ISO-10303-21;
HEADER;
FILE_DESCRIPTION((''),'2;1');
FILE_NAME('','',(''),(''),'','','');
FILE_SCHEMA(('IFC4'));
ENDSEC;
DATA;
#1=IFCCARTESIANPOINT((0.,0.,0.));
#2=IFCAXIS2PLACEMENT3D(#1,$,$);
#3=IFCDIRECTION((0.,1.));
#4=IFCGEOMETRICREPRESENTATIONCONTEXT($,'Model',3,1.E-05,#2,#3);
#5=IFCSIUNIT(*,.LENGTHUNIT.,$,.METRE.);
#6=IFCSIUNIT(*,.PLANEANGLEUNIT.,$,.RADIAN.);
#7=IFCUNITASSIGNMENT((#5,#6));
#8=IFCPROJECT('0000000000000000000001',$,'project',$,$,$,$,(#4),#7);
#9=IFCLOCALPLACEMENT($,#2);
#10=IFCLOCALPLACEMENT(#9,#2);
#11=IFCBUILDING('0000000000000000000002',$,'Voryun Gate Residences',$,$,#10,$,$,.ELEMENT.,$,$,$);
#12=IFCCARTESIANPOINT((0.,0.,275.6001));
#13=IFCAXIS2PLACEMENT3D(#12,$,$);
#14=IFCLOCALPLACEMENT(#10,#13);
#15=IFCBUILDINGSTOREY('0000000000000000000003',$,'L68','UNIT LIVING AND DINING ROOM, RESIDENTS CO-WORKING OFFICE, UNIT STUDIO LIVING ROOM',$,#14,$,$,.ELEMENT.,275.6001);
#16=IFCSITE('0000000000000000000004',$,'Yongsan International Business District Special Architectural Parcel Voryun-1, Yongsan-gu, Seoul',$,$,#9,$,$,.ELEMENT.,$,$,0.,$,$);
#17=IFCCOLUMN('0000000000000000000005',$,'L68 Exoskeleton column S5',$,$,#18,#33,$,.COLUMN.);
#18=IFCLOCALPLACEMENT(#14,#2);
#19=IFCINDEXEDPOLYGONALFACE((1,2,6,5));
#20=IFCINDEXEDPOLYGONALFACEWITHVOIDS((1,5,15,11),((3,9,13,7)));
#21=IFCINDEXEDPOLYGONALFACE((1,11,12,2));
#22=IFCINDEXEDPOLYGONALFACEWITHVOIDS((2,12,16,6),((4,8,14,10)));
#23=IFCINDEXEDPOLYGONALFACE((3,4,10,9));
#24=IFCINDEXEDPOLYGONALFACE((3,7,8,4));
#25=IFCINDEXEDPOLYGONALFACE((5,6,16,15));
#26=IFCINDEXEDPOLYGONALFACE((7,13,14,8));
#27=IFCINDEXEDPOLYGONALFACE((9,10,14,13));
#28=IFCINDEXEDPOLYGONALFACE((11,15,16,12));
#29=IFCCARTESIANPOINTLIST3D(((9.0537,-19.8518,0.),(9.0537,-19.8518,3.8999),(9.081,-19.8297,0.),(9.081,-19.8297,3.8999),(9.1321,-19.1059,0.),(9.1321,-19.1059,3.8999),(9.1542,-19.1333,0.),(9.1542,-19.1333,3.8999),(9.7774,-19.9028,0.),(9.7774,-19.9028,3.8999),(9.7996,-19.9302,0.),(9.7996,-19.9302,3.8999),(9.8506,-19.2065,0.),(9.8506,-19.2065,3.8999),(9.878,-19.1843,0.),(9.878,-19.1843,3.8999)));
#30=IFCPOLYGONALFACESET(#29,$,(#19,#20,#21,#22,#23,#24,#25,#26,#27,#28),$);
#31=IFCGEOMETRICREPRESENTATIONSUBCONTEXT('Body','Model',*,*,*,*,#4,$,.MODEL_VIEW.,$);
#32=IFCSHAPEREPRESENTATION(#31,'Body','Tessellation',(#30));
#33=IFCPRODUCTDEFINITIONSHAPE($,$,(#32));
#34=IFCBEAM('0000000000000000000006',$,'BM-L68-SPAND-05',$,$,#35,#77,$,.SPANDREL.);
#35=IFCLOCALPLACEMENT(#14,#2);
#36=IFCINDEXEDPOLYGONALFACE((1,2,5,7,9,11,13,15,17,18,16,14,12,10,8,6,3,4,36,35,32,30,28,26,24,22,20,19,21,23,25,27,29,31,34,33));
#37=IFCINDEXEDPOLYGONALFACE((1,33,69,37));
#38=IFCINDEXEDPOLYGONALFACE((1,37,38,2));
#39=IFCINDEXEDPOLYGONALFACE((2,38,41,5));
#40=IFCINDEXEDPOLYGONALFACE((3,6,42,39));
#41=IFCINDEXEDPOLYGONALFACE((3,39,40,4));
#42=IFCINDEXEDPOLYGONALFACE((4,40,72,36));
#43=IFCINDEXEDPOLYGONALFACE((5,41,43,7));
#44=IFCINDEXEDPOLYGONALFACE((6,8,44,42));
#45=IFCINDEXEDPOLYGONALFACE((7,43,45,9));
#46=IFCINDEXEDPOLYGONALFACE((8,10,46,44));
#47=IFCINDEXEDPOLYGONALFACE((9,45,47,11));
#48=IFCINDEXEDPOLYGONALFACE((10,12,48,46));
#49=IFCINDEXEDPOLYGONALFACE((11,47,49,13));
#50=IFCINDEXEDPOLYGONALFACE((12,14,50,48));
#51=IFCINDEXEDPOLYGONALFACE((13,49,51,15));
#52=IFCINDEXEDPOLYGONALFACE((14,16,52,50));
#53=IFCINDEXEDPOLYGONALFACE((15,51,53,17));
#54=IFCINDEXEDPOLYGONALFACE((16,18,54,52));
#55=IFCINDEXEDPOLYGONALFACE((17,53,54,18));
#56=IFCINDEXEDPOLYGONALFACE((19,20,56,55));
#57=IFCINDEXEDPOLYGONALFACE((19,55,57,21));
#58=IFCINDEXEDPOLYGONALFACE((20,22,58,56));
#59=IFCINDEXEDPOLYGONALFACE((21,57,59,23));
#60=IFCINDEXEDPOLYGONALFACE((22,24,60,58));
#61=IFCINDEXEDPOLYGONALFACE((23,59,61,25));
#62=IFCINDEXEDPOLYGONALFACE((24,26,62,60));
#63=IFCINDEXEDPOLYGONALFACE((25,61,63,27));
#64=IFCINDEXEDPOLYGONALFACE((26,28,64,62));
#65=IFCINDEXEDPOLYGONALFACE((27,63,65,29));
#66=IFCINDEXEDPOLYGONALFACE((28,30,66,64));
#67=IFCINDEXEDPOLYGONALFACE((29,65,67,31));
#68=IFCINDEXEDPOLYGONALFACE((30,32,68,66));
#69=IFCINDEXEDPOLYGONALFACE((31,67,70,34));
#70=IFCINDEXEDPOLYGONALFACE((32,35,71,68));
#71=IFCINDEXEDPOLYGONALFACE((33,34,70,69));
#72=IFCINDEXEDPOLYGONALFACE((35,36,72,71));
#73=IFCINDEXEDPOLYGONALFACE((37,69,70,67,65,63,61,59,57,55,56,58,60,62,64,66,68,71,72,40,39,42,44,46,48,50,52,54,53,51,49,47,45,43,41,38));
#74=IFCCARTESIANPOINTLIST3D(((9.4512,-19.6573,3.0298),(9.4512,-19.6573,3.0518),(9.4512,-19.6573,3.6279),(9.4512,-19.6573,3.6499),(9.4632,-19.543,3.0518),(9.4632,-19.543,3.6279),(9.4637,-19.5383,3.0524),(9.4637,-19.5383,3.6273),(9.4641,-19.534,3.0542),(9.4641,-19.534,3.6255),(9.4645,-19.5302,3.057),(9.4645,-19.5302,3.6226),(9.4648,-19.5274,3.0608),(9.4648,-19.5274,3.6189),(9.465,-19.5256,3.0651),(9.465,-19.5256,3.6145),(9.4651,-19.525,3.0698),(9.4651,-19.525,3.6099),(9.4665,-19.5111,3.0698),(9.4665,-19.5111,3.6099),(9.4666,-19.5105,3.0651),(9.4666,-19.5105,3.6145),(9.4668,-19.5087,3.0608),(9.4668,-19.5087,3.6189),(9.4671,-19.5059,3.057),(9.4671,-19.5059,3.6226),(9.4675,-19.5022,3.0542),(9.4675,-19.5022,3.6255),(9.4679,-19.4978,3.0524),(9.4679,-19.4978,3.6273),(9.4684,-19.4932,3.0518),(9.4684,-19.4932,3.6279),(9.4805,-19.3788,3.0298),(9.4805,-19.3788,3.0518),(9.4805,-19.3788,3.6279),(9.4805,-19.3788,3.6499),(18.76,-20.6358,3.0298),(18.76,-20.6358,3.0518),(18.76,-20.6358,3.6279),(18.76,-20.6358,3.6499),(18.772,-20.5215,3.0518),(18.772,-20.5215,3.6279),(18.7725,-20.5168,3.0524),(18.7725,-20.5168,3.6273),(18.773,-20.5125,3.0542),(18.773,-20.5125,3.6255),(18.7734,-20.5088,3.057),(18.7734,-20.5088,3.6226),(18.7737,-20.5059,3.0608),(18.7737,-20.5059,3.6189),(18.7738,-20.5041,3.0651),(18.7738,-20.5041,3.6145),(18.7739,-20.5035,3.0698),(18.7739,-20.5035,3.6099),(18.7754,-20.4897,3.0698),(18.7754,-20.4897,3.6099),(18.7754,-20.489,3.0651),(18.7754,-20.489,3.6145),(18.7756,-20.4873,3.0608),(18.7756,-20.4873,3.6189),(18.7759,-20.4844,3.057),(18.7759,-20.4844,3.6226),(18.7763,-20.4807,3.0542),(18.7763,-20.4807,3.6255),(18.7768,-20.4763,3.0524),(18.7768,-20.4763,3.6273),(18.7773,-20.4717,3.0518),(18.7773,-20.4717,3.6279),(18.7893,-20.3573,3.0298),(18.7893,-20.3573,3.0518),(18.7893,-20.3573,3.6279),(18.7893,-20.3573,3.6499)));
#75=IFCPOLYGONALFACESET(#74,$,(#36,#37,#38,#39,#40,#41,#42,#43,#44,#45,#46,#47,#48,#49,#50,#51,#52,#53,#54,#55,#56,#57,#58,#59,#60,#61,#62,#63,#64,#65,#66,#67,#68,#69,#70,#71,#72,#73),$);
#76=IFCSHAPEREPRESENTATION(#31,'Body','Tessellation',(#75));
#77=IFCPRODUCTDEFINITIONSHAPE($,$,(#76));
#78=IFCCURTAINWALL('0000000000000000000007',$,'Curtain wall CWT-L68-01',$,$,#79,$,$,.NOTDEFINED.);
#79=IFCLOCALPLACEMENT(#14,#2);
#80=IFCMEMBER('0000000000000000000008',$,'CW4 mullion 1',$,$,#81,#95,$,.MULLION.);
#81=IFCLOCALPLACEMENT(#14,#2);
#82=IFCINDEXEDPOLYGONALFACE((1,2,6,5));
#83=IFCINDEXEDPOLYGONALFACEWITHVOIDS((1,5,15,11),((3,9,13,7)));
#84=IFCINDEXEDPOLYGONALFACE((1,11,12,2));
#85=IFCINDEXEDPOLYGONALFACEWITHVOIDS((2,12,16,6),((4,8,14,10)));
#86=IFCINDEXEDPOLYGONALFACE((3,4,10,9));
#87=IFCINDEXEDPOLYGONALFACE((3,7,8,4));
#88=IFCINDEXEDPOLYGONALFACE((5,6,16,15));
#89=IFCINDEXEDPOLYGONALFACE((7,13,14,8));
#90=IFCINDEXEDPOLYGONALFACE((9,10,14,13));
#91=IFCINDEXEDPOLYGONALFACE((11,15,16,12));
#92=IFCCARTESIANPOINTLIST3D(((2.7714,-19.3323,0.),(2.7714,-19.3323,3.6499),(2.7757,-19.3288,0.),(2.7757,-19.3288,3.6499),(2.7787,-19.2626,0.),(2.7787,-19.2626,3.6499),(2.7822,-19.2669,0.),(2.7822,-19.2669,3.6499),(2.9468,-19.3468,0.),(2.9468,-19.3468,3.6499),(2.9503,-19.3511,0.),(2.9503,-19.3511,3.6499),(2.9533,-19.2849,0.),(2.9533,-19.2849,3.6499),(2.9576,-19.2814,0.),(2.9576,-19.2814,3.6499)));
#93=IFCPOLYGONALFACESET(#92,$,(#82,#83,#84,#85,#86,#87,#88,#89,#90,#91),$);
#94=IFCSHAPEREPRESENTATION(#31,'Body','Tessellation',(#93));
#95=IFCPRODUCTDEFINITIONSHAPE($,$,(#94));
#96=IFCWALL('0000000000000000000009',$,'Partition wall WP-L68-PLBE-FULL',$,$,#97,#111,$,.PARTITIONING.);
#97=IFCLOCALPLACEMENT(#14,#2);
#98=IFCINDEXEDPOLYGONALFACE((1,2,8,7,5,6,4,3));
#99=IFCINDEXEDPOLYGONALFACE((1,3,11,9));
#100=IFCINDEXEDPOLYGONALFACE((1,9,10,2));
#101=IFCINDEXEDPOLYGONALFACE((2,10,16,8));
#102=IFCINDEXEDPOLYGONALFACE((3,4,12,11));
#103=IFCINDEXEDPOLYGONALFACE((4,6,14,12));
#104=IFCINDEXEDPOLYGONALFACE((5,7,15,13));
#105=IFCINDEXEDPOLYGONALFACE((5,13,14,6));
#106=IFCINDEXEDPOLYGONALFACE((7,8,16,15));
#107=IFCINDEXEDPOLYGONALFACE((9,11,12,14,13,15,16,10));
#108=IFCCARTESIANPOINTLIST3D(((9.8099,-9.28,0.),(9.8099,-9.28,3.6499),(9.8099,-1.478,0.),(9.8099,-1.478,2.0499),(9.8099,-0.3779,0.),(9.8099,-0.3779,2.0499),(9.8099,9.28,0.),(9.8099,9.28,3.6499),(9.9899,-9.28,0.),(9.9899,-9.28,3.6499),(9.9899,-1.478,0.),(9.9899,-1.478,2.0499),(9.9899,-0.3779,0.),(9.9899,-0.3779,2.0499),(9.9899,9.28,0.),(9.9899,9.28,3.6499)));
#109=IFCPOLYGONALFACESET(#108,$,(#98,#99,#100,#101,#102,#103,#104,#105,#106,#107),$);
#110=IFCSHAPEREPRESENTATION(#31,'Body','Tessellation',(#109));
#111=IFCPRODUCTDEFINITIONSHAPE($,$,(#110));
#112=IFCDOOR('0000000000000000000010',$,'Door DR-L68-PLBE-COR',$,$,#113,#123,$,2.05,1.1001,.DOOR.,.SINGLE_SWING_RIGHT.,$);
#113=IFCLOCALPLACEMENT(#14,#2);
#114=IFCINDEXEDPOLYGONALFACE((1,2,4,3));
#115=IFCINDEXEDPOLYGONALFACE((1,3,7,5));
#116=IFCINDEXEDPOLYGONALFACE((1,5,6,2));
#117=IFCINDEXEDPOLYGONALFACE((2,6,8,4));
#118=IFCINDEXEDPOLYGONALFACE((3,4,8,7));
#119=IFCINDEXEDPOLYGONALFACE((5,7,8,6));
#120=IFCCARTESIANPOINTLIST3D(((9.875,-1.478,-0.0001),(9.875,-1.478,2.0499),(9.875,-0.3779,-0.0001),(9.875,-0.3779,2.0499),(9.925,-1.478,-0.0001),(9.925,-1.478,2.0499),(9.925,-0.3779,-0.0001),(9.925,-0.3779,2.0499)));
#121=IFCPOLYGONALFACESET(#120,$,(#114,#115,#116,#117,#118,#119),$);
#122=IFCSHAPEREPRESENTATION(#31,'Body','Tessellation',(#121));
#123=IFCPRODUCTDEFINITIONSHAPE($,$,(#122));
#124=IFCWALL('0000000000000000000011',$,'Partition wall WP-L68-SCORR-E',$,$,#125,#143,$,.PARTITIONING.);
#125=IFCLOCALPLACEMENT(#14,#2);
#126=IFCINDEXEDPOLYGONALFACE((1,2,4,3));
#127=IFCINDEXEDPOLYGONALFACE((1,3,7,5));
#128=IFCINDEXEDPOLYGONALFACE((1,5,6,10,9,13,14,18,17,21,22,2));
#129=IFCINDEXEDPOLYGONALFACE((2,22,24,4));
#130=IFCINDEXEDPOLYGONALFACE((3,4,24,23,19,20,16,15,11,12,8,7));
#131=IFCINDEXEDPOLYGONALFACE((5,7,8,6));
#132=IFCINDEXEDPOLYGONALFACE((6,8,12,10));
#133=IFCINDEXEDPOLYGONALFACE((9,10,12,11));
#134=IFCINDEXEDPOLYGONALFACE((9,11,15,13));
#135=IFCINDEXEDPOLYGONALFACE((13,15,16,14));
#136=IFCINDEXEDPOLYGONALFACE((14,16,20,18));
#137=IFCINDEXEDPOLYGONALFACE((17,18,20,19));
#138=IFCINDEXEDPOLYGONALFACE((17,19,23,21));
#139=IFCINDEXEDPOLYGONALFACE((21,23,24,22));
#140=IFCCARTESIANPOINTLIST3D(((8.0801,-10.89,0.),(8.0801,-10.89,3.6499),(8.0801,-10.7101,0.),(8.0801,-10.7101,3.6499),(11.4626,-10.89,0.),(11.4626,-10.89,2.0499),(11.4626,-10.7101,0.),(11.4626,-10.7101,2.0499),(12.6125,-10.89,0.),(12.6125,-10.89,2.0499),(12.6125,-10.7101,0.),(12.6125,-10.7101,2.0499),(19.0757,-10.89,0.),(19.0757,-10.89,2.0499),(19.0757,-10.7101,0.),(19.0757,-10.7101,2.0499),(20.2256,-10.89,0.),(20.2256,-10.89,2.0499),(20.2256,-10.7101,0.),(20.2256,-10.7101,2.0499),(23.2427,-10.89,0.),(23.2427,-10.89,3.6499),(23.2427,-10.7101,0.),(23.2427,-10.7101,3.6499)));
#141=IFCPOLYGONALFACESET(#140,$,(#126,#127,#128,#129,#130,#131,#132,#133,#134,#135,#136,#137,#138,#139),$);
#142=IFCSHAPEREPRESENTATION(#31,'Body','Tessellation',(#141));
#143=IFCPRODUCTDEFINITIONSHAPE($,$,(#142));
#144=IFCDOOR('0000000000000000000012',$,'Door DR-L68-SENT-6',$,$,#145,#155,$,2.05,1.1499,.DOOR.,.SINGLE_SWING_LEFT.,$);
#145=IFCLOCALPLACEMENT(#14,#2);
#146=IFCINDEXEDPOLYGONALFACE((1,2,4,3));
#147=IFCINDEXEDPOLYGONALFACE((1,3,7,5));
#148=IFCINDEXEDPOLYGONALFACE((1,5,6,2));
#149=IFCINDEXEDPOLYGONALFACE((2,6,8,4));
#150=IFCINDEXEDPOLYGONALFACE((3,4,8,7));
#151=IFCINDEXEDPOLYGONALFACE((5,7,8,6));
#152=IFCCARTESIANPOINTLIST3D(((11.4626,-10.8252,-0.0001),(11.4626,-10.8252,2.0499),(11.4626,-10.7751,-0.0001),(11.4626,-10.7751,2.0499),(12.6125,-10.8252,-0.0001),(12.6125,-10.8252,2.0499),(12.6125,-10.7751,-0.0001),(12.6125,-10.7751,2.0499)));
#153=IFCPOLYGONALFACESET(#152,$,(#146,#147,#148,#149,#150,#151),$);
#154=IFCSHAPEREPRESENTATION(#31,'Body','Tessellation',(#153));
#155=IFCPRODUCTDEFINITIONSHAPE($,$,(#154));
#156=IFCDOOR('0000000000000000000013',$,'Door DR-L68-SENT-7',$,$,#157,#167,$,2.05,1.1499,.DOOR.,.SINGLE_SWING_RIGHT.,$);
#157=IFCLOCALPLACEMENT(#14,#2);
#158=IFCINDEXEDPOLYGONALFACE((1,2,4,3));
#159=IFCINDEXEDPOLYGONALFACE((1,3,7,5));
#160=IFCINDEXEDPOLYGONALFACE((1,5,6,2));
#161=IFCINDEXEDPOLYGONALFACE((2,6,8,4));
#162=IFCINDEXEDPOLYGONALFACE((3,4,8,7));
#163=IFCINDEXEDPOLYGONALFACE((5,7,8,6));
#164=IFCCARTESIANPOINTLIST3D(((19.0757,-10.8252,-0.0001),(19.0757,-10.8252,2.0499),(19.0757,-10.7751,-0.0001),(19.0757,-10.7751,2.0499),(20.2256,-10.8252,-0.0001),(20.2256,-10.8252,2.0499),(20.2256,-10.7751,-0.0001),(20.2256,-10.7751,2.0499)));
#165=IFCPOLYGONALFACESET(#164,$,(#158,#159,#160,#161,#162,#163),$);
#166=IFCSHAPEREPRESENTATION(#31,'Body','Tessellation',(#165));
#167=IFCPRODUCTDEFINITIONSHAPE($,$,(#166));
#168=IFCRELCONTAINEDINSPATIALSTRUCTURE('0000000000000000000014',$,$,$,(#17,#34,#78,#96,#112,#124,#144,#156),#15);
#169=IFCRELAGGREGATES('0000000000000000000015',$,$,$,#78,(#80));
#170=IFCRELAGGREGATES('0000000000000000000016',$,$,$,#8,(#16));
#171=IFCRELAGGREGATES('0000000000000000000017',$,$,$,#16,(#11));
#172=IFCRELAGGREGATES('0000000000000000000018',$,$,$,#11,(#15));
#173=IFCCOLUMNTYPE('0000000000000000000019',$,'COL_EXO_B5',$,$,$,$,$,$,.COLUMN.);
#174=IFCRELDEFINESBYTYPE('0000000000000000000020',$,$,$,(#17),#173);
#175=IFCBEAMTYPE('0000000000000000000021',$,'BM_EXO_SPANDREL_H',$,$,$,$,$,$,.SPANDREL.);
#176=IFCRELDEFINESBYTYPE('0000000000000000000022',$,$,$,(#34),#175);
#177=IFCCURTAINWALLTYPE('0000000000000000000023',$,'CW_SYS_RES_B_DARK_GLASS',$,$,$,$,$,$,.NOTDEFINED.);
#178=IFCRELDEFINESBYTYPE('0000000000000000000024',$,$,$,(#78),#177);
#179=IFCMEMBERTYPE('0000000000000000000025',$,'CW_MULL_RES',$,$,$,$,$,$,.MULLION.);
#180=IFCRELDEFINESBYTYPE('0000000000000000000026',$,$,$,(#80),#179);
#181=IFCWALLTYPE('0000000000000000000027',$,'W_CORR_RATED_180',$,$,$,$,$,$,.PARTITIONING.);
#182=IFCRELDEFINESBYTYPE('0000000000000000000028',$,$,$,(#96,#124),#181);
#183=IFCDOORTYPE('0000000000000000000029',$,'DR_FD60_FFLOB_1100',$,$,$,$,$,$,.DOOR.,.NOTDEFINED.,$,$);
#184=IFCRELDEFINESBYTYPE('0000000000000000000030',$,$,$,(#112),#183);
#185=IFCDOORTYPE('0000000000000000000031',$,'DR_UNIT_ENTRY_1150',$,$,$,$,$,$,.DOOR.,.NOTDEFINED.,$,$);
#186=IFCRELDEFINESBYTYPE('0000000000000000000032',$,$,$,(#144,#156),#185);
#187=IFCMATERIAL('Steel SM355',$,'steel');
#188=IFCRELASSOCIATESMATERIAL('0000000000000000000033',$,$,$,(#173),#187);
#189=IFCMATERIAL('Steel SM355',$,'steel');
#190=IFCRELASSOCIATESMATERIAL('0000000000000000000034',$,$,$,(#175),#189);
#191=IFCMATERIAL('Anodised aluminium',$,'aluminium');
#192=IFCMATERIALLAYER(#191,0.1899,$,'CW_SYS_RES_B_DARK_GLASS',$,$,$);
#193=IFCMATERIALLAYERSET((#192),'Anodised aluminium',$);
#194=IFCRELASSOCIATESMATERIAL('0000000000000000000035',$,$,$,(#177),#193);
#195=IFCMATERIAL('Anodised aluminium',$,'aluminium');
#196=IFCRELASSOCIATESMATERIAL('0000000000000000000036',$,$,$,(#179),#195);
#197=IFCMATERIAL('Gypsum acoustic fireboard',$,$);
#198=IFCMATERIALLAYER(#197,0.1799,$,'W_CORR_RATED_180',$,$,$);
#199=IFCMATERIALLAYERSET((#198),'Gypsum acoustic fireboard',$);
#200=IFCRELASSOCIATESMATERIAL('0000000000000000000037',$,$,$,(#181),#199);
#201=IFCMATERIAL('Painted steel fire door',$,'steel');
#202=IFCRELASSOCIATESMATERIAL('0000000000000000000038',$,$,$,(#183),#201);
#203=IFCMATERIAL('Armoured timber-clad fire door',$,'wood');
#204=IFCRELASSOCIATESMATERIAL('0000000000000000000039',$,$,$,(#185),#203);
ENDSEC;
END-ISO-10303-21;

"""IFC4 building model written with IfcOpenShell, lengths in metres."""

from ifc_helpers import new_model, si_unit, direction, frame, frame_2d, origin, origin_2d, place, context, subcontext, project, spatial, rectangle, hollow_rectangle, i_section, extrude, material, layer, layer_set, material_profile, profile_set, type_object, element, fill, aggregate, save


model = new_model("IFC4")

# Units and contexts
model_context = context("Model", 3, precision=1e-05, world=origin(), true_north=direction((0.0, 1.0)))
body_context = subcontext(model_context, "Body", "Model", "MODEL_VIEW")
ifc_project = project(units=[si_unit("LENGTHUNIT", "METRE"), si_unit("PLANEANGLEUNIT", "RADIAN")], contexts=[model_context])

# Site, building, storey
site_placement = place(None, origin())
site = spatial("IfcSite", under=ifc_project, at=site_placement, Name="Yongsan International Business District Special Architectural Parcel Voryun-1, Yongsan-gu, Seoul", CompositionType="ELEMENT", RefElevation=0.0)
building_placement = place(site_placement, origin())
building = spatial("IfcBuilding", under=site, at=building_placement, Name="Voryun Gate Residences", CompositionType="ELEMENT")
storey_placement = place(building_placement, frame((0.0, 0.0, 275.6001)))
storey = spatial("IfcBuildingStorey", under=building, at=storey_placement, Name="L68", Description="UNIT LIVING AND DINING ROOM, RESIDENTS CO-WORKING OFFICE, UNIT STUDIO LIVING ROOM", CompositionType="ELEMENT", Elevation=275.6001)

# Column
ifc_material_1 = material(Name="Steel SM355", Category="steel")
ifc_material_profile_1 = material_profile(ifc_material_1, hollow_rectangle(XDim=0.75, YDim=0.75, WallThickness=0.0249, at=origin_2d()), Name="BOX-750x750x25")
ifc_profile_set_1 = profile_set([ifc_material_profile_1], Name="Steel SM355")
column_type = type_object("IfcColumnType", Name="COL_EXO_B5", PredefinedType="COLUMN", material=ifc_profile_set_1)
column_placement = place(storey_placement, frame((9.4658, -19.5181, 0.0), z_axis=(0.0, 0.0, 1.0), x_axis=(0.994522, -0.104528, 0.0)))
element("IfcColumn", 1, at=column_placement, inside=storey, type_object=column_type, Name="L68 Exoskeleton column S5", PredefinedType="COLUMN", context=body_context, shape_type="SweptSolid", body=[
    extrude(hollow_rectangle(XDim=0.75, YDim=0.75, WallThickness=0.0249, at=origin_2d()), origin(), (0.0, 0.0, 1.0), 3.8999),
])

# Beam
ifc_material_2 = material(Name="Steel SM355", Category="steel")
ifc_material_profile_2 = material_profile(ifc_material_2, i_section(OverallWidth=0.28, OverallDepth=0.6201, WebThickness=0.0139, FlangeThickness=0.022, FilletRadius=0.0181, at=origin_2d()), Name="H-620x280x14x22")
ifc_profile_set_2 = profile_set([ifc_material_profile_2], Name="Steel SM355")
beam_type = type_object("IfcBeamType", Name="BM_EXO_SPANDREL_H", PredefinedType="SPANDREL", material=ifc_profile_set_2)
beam_placement = place(storey_placement, frame((9.4658, -19.5181, 3.3398), z_axis=(0.994521, -0.104541, 0.0), x_axis=(0.104541, 0.994521, 0.0)))
element("IfcBeam", 2, at=beam_placement, inside=storey, type_object=beam_type, Name="BM-L68-SPAND-05", PredefinedType="SPANDREL", context=body_context, shape_type="SweptSolid", body=[
    extrude(i_section(OverallWidth=0.28, OverallDepth=0.6201, WebThickness=0.0139, FlangeThickness=0.022, FilletRadius=0.0181, at=origin_2d()), origin(), (0.0, 0.0, 1.0), 9.3601),
])

# Curtain wall, member
ifc_material_3 = material(Name="Anodised aluminium", Category="aluminium")
ifc_layer_1 = layer(ifc_material_3, 0.1899, Name="CW_SYS_RES_B_DARK_GLASS")
ifc_layer_set_1 = layer_set([ifc_layer_1], Name="Anodised aluminium")
curtain_wall_type = type_object("IfcCurtainWallType", Name="CW_SYS_RES_B_DARK_GLASS", PredefinedType="NOTDEFINED", material=ifc_layer_set_1)
curtain_wall_placement = place(storey_placement, origin())
curtain_wall = element("IfcCurtainWall", 3, at=curtain_wall_placement, inside=storey, type_object=curtain_wall_type, Name="Curtain wall CWT-L68-01", PredefinedType="NOTDEFINED")
ifc_material_4 = material(Name="Anodised aluminium", Category="aluminium")
ifc_material_profile_3 = material_profile(ifc_material_4, hollow_rectangle(XDim=0.0701, YDim=0.1799, WallThickness=0.0039, at=origin_2d()), Name="ALU-MULL-180x70x4")
ifc_profile_set_3 = profile_set([ifc_material_profile_3], Name="Anodised aluminium")
member_type = type_object("IfcMemberType", Name="CW_MULL_RES", PredefinedType="MULLION", material=ifc_profile_set_3)
member_placement = place(storey_placement, frame((2.8645, -19.3069, 0.0), z_axis=(0.0, 0.0, 1.0), x_axis=(-0.104529, -0.994522, 0.0)))
member = element("IfcMember", 4, at=member_placement, type_object=member_type, Name="CW4 mullion 1", PredefinedType="MULLION", context=body_context, shape_type="SweptSolid", body=[
    extrude(hollow_rectangle(XDim=0.0701, YDim=0.1799, WallThickness=0.0039, at=origin_2d()), origin(), (0.0, 0.0, 1.0), 3.6499),
])
aggregate(curtain_wall, [member])

# Wall, opening, door
ifc_material_5 = material(Name="Gypsum acoustic fireboard")
ifc_layer_2 = layer(ifc_material_5, 0.1799, Name="W_CORR_RATED_180")
ifc_layer_set_2 = layer_set([ifc_layer_2], Name="Gypsum acoustic fireboard")
wall_type_1 = type_object("IfcWallType", Name="W_CORR_RATED_180", PredefinedType="PARTITIONING", material=ifc_layer_set_2)
wall_1_placement = place(storey_placement, frame((9.8999, -9.28, 0.0), z_axis=(0.0, 0.0, 1.0), x_axis=(0.0, 1.0, 0.0)))
wall_1 = element("IfcWall", 5, at=wall_1_placement, inside=storey, type_object=wall_type_1, Name="Partition wall WP-L68-PLBE-FULL", PredefinedType="PARTITIONING", context=body_context, shape_type="SweptSolid", body=[
    extrude(rectangle(XDim=18.5601, YDim=0.1799, at=frame_2d((9.28, 0.0))), origin(), (0.0, 0.0, 1.0), 3.6499),
])
opening_1_placement = place(wall_1_placement, frame((7.802, 0.0, 0.0)))
opening_1 = element("IfcOpeningElement", 6, at=opening_1_placement, cuts=wall_1, PredefinedType="OPENING", context=body_context, shape_type="SweptSolid", body=[
    extrude(rectangle(XDim=1.1001, YDim=2.05, at=frame_2d((0.55, 1.0249))), frame((0.0, 0.0999, 0.0), z_axis=(0.0, -1.0, 0.0), x_axis=(1.0, 0.0, 0.0)), (0.0, 0.0, 1.0), 0.2),
])
ifc_material_6 = material(Name="Painted steel fire door", Category="steel")
door_type_1 = type_object("IfcDoorType", Name="DR_FD60_FFLOB_1100", OperationType="NOTDEFINED", PredefinedType="DOOR", material=ifc_material_6)
door_1_placement = place(opening_1_placement, origin())
door_1 = element("IfcDoor", 7, at=door_1_placement, inside=storey, type_object=door_type_1, Name="Door DR-L68-PLBE-COR", OperationType="SINGLE_SWING_RIGHT", OverallHeight=2.05, OverallWidth=1.1001, PredefinedType="DOOR", context=body_context, shape_type="SweptSolid", body=[
    extrude(rectangle(XDim=1.1001, YDim=2.05, at=frame_2d((0.55, 1.0249))), frame((0.0, 0.0249, 0.0), z_axis=(0.0, -1.0, 0.0), x_axis=(1.0, 0.0, 0.0)), (0.0, 0.0, 1.0), 0.05),
])
fill(opening_1, door_1)

# Wall, openings, doors
wall_2_placement = place(storey_placement, frame((8.0801, -10.8, 0.0), z_axis=(0.0, 0.0, 1.0), x_axis=(1.0, 0.0, 0.0)))
wall_2 = element("IfcWall", 8, at=wall_2_placement, inside=storey, type_object=wall_type_1, Name="Partition wall WP-L68-SCORR-E", PredefinedType="PARTITIONING", context=body_context, shape_type="SweptSolid", body=[
    extrude(rectangle(XDim=15.1626, YDim=0.1799, at=frame_2d((7.5813, 0.0))), origin(), (0.0, 0.0, 1.0), 3.6499),
])
opening_2_placement = place(wall_2_placement, frame((3.3826, 0.0, 0.0)))
opening_2 = element("IfcOpeningElement", 9, at=opening_2_placement, cuts=wall_2, PredefinedType="OPENING", context=body_context, shape_type="SweptSolid", body=[
    extrude(rectangle(XDim=1.1499, YDim=2.05, at=frame_2d((0.575, 1.0249))), frame((0.0, 0.0999, 0.0), z_axis=(0.0, -1.0, 0.0), x_axis=(1.0, 0.0, 0.0)), (0.0, 0.0, 1.0), 0.2),
])
opening_3_placement = place(wall_2_placement, frame((10.9956, 0.0, 0.0)))
opening_3 = element("IfcOpeningElement", 10, at=opening_3_placement, cuts=wall_2, PredefinedType="OPENING", context=body_context, shape_type="SweptSolid", body=[
    extrude(rectangle(XDim=1.1499, YDim=2.05, at=frame_2d((0.575, 1.0249))), frame((0.0, 0.0999, 0.0), z_axis=(0.0, -1.0, 0.0), x_axis=(1.0, 0.0, 0.0)), (0.0, 0.0, 1.0), 0.2),
])
ifc_material_7 = material(Name="Armoured timber-clad fire door", Category="wood")
door_type_2 = type_object("IfcDoorType", Name="DR_UNIT_ENTRY_1150", OperationType="NOTDEFINED", PredefinedType="DOOR", material=ifc_material_7)
door_2_placement = place(opening_2_placement, origin())
door_2 = element("IfcDoor", 11, at=door_2_placement, inside=storey, type_object=door_type_2, Name="Door DR-L68-SENT-6", OperationType="SINGLE_SWING_LEFT", OverallHeight=2.05, OverallWidth=1.1499, PredefinedType="DOOR", context=body_context, shape_type="SweptSolid", body=[
    extrude(rectangle(XDim=1.1499, YDim=2.05, at=frame_2d((0.575, 1.0249))), frame((0.0, 0.0249, 0.0), z_axis=(0.0, -1.0, 0.0), x_axis=(1.0, 0.0, 0.0)), (0.0, 0.0, 1.0), 0.05),
])
fill(opening_2, door_2)
door_3_placement = place(opening_3_placement, origin())
door_3 = element("IfcDoor", 12, at=door_3_placement, inside=storey, type_object=door_type_2, Name="Door DR-L68-SENT-7", OperationType="SINGLE_SWING_RIGHT", OverallHeight=2.05, OverallWidth=1.1499, PredefinedType="DOOR", context=body_context, shape_type="SweptSolid", body=[
    extrude(rectangle(XDim=1.1499, YDim=2.05, at=frame_2d((0.575, 1.0249))), frame((0.0, 0.0249, 0.0), z_axis=(0.0, -1.0, 0.0), x_axis=(1.0, 0.0, 0.0)), (0.0, 0.0, 1.0), 0.05),
])
fill(opening_3, door_3)

save(model, "model.ifc")
